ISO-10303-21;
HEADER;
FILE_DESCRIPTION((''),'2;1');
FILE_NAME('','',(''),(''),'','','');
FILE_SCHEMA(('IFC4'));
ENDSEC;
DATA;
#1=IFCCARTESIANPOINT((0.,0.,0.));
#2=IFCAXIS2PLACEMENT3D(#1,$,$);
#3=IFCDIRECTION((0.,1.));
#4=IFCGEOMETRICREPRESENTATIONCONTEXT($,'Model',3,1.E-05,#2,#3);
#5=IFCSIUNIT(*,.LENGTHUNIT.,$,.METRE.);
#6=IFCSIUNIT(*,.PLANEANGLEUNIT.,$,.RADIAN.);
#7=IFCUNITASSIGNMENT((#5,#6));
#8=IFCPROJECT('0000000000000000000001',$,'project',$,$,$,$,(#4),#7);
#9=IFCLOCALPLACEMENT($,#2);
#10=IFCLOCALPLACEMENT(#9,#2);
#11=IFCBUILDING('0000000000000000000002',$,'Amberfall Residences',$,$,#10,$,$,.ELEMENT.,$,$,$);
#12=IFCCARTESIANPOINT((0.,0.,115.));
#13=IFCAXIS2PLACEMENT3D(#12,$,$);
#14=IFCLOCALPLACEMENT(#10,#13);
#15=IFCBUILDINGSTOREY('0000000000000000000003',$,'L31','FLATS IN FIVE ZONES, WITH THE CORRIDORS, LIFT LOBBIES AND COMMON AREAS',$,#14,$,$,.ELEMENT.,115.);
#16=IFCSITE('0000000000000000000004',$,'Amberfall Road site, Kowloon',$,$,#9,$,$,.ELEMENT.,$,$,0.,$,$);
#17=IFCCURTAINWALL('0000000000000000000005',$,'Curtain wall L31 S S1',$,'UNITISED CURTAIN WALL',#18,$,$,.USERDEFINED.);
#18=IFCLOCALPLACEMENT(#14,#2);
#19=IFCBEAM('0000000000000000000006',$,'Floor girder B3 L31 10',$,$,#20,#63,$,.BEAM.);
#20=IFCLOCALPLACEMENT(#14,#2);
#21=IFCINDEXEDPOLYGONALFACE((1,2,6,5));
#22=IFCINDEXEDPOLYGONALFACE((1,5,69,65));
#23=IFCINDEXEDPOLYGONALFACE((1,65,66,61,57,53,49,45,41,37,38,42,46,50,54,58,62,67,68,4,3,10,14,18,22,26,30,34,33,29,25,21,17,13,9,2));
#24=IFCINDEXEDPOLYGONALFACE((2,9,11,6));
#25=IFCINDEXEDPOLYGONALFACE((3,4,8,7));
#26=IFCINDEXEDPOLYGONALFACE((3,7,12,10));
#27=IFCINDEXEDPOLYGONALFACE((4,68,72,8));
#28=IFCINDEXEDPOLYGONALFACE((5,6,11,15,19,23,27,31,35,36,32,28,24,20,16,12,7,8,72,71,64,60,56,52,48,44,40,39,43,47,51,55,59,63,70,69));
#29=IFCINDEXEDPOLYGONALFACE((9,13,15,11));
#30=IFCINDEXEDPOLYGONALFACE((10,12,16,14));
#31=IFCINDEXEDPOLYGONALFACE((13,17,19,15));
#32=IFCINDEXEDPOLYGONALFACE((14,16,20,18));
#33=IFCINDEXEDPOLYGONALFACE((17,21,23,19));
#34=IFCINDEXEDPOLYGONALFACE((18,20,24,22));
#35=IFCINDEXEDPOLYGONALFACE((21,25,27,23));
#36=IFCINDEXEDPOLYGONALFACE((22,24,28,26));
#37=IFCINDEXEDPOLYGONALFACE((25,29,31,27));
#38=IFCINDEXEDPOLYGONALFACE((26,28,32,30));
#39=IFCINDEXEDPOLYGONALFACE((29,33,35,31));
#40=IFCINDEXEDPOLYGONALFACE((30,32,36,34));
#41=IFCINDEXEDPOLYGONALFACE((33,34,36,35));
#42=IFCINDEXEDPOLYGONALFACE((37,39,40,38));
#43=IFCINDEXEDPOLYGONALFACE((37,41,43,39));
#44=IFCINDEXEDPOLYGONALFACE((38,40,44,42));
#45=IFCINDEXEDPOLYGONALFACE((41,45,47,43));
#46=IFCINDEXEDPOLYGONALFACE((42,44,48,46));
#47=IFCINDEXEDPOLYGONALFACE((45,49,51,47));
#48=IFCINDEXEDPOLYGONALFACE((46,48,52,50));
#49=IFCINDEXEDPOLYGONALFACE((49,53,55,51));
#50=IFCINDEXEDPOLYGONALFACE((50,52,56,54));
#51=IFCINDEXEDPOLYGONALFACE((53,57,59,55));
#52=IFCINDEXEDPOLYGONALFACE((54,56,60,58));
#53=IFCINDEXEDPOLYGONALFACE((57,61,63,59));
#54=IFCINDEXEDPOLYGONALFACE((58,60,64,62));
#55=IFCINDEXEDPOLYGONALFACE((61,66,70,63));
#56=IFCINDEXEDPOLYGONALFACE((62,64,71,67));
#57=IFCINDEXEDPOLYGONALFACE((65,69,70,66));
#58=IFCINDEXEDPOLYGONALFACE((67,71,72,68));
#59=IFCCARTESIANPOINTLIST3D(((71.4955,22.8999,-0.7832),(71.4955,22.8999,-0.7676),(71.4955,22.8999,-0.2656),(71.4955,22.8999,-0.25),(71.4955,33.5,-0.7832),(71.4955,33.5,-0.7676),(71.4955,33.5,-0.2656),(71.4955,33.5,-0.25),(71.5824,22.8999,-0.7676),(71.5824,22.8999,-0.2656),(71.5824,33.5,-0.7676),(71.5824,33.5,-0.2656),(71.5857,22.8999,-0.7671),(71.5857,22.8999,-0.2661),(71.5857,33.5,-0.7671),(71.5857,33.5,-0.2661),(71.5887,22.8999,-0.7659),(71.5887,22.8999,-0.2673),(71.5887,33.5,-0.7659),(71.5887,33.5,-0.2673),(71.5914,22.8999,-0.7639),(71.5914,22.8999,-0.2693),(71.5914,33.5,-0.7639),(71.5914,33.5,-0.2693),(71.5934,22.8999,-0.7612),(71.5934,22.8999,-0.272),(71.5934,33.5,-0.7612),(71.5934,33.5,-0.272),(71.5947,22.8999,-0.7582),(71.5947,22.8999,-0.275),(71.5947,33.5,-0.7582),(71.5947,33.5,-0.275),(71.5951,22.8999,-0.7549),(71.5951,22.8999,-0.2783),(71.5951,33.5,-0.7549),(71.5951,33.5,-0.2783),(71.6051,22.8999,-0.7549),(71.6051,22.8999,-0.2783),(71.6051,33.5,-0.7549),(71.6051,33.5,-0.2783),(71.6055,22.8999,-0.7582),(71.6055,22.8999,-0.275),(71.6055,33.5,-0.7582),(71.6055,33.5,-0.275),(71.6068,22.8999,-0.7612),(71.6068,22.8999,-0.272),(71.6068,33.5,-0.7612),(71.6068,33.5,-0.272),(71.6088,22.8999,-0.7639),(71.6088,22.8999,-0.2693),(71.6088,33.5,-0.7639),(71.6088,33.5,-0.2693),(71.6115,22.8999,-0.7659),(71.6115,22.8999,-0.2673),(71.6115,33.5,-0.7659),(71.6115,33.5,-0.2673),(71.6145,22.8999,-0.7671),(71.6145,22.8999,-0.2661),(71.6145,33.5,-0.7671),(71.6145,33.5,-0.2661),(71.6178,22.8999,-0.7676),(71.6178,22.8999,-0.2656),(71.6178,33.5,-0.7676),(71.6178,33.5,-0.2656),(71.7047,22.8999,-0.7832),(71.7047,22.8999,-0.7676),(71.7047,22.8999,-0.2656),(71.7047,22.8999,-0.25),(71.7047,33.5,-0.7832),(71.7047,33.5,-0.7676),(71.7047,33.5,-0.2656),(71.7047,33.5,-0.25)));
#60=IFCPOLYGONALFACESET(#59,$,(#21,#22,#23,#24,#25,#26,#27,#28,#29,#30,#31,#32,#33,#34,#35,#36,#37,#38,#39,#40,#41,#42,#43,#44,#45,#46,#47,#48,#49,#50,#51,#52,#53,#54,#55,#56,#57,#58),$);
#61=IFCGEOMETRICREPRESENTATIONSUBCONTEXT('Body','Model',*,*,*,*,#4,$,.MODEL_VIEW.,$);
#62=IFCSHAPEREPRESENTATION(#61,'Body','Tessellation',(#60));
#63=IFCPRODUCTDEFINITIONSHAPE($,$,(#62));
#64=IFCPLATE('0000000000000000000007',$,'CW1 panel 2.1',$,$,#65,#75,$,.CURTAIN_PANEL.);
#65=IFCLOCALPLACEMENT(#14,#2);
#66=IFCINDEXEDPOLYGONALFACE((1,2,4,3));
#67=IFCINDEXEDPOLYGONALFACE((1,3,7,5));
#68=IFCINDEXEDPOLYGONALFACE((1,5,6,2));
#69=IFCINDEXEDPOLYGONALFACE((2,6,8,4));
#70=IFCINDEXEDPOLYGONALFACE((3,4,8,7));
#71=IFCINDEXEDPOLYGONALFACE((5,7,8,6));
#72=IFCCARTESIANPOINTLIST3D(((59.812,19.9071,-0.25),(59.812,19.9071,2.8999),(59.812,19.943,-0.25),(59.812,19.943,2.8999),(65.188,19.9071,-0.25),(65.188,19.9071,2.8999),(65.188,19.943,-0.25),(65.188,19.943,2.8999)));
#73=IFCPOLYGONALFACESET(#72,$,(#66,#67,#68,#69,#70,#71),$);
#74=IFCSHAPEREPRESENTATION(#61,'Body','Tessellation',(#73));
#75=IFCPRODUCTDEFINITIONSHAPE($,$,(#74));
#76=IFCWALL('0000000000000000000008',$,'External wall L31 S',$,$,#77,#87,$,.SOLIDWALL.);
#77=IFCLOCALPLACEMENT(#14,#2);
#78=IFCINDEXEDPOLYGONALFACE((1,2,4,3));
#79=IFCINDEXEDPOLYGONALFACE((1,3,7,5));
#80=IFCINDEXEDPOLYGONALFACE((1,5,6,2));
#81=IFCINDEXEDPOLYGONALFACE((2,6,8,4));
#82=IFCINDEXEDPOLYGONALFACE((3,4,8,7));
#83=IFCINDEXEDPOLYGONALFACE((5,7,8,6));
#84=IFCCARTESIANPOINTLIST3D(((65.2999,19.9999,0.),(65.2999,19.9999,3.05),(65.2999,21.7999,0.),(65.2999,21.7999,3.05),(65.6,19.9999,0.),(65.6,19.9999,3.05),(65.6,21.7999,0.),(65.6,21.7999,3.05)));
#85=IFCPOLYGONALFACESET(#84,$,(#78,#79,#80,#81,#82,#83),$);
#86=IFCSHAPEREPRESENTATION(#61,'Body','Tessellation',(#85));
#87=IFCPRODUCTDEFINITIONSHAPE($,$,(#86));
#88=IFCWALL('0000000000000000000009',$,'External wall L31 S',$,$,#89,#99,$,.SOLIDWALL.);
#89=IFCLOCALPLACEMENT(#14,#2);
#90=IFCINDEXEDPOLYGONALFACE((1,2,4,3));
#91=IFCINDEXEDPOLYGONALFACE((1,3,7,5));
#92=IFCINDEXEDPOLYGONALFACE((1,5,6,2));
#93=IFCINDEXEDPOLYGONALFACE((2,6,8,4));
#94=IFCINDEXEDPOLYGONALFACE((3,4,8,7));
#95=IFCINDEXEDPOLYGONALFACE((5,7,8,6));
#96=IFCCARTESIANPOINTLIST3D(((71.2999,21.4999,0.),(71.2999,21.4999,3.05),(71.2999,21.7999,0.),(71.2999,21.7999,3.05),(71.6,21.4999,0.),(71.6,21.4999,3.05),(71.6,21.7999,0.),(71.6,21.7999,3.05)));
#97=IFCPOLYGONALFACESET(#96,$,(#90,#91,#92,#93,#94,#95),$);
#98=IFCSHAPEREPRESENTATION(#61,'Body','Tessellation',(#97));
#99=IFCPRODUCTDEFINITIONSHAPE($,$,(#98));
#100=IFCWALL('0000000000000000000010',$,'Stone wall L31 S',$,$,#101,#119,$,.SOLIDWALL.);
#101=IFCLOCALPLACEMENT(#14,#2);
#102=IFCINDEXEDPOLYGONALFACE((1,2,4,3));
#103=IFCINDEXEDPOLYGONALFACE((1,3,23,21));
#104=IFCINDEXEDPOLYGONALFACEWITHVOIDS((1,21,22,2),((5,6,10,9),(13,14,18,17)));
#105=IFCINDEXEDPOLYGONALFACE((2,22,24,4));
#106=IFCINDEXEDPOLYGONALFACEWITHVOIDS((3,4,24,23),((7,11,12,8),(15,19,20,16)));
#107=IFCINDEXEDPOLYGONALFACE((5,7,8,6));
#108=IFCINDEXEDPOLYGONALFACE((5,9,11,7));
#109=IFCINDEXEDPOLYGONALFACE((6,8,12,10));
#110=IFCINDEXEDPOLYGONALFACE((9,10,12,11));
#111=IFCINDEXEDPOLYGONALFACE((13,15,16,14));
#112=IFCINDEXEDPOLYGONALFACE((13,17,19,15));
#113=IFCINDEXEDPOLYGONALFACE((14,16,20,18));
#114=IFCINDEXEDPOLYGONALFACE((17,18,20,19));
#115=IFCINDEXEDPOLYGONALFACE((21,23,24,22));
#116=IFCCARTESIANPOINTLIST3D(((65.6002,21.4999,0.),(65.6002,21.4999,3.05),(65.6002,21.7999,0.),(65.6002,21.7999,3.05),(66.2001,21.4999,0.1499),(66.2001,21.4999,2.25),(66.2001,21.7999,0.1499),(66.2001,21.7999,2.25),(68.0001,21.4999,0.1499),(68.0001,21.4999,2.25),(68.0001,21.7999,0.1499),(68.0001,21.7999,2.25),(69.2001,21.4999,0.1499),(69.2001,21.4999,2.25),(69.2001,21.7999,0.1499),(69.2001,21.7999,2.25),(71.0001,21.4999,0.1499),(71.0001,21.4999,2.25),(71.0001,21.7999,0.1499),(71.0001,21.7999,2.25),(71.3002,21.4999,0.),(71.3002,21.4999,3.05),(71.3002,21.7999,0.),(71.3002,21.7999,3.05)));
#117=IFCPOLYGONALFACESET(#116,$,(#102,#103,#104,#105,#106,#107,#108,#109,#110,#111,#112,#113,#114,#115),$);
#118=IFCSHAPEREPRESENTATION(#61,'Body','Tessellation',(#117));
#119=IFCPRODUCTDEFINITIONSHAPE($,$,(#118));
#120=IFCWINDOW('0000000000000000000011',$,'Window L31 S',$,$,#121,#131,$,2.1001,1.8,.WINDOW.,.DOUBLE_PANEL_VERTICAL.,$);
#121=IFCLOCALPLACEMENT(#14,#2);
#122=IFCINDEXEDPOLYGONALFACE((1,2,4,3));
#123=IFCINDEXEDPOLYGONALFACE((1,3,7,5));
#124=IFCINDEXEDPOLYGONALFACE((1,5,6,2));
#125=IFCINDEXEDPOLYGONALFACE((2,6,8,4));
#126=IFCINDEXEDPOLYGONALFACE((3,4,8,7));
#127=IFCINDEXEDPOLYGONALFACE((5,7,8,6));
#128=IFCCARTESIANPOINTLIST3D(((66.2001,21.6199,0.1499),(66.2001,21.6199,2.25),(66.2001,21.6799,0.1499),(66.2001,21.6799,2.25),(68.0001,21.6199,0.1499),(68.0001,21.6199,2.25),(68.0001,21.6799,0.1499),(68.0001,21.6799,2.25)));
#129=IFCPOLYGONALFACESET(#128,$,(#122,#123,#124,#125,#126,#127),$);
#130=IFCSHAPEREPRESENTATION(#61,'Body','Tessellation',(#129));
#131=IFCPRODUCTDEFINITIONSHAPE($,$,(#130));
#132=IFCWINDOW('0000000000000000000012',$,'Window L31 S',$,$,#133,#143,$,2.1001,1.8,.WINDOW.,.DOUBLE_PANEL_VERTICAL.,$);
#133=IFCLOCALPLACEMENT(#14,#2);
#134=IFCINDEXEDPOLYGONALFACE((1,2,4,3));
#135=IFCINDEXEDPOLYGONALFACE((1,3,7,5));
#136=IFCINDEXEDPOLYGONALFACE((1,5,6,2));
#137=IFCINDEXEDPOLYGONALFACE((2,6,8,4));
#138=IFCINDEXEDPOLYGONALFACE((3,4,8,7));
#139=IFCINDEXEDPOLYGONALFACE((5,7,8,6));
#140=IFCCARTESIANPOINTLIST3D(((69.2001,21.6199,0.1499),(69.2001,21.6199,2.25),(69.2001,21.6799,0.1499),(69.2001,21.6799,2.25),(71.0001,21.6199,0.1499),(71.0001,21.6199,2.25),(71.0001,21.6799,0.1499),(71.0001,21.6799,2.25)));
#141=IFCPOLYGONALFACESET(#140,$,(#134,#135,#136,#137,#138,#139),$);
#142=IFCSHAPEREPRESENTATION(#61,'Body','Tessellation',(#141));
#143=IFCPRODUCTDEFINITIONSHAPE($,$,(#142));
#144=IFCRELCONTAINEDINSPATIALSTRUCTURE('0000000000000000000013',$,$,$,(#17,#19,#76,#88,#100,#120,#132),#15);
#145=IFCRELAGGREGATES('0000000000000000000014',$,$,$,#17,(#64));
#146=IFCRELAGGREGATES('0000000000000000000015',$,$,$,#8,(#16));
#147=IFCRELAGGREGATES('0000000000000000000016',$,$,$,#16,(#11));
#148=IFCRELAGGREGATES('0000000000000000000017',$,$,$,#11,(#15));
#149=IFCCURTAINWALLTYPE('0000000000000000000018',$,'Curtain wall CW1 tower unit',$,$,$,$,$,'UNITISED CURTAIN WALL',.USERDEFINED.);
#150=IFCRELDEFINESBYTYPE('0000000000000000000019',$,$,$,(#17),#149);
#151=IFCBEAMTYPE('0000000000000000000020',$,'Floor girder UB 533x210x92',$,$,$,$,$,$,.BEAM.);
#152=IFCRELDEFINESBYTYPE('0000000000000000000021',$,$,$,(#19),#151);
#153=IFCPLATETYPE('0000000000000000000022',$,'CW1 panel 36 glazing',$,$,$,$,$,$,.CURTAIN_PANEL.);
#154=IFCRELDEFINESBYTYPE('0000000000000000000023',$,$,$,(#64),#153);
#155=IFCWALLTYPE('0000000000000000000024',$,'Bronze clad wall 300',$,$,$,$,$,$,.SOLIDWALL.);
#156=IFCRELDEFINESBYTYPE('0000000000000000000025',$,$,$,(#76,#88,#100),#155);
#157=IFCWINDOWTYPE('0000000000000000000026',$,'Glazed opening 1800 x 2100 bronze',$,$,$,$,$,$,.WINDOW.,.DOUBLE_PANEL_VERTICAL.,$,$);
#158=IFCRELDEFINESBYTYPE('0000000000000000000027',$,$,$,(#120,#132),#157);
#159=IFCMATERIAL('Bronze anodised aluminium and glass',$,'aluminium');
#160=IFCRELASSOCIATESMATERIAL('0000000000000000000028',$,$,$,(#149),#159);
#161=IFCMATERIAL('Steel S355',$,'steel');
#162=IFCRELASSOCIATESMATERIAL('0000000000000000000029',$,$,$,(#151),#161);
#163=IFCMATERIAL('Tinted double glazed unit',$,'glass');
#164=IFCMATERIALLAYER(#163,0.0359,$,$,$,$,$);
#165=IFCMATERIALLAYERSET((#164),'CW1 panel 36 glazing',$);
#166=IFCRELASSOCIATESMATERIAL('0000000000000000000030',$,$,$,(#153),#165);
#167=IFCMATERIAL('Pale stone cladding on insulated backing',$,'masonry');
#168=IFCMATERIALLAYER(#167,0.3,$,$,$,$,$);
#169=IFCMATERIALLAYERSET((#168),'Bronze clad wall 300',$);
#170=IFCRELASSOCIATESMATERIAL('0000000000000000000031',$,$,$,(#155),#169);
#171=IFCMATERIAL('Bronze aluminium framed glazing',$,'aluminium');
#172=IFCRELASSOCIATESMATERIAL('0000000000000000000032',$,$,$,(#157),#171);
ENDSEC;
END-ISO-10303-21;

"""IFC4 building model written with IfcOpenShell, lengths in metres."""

from ifc_helpers import new_model, si_unit, direction, frame, frame_2d, origin, origin_2d, place, context, subcontext, project, spatial, rectangle, i_section, extrude, material, layer, layer_set, material_profile, profile_set, type_object, element, fill, aggregate, save


model = new_model("IFC4")

# Units and contexts
model_context = context("Model", 3, precision=1e-05, world=origin(), true_north=direction((0.0, 1.0)))
body_context = subcontext(model_context, "Body", "Model", "MODEL_VIEW")
ifc_project = project(units=[si_unit("LENGTHUNIT", "METRE"), si_unit("PLANEANGLEUNIT", "RADIAN")], contexts=[model_context])

# Site, building, storey
site_placement = place(None, origin())
site = spatial("IfcSite", under=ifc_project, at=site_placement, Name="Amberfall Road site, Kowloon", CompositionType="ELEMENT", RefElevation=0.0)
building_placement = place(site_placement, origin())
building = spatial("IfcBuilding", under=site, at=building_placement, Name="Amberfall Residences", CompositionType="ELEMENT")
storey_placement = place(building_placement, frame((0.0, 0.0, 115.0)))
storey = spatial("IfcBuildingStorey", under=building, at=storey_placement, Name="L31", Description="FLATS IN FIVE ZONES, WITH THE CORRIDORS, LIFT LOBBIES AND COMMON AREAS", CompositionType="ELEMENT", Elevation=115.0)

# Curtain wall
ifc_material_1 = material(Name="Bronze anodised aluminium and glass", Category="aluminium")
curtain_wall_type = type_object("IfcCurtainWallType", Name="Curtain wall CW1 tower unit", ElementType="UNITISED CURTAIN WALL", PredefinedType="USERDEFINED", material=ifc_material_1)
curtain_wall_placement = place(storey_placement, origin())
curtain_wall = element("IfcCurtainWall", 1, at=curtain_wall_placement, inside=storey, type_object=curtain_wall_type, Name="Curtain wall L31 S S1", ObjectType="UNITISED CURTAIN WALL", PredefinedType="USERDEFINED")

# Shared definitions
ifc_material_2 = material(Name="Steel S355", Category="steel")

# Beam
ifc_material_profile_1 = material_profile(ifc_material_2, i_section(OverallWidth=0.2092, OverallDepth=0.5332, WebThickness=0.01, FlangeThickness=0.0156, FilletRadius=0.0127, at=origin_2d()), Name="UB 533x210x92")
ifc_profile_set_1 = profile_set([ifc_material_profile_1], Name="Steel S355")
beam_type_1 = type_object("IfcBeamType", Name="Floor girder UB 533x210x92", PredefinedType="BEAM", material=ifc_profile_set_1)
for number, where, z_axis, x_axis, name in (
    (2, (71.6001, 22.8999, -0.5166), (0.0, 1.0, 0.0), (-1.0, 0.0, 0.0), "Floor girder B3 L31 10"),
):
    element("IfcBeam", number, at=place(storey_placement, frame(where, z_axis=z_axis, x_axis=x_axis)), inside=storey, type_object=beam_type_1, Name=name, PredefinedType="BEAM", context=body_context, shape_type="SweptSolid", body=[
        extrude(i_section(OverallWidth=0.2092, OverallDepth=0.5332, WebThickness=0.01, FlangeThickness=0.0156, FilletRadius=0.0127, at=origin_2d()), origin(), (0.0, 0.0, 1.0), 10.6001),
    ])

# Plate
ifc_material_3 = material(Name="Tinted double glazed unit", Category="glass")
ifc_layer_1 = layer(ifc_material_3, 0.0359)
ifc_layer_set_1 = layer_set([ifc_layer_1], Name="CW1 panel 36 glazing")
plate_type = type_object("IfcPlateType", Name="CW1 panel 36 glazing", PredefinedType="CURTAIN_PANEL", material=ifc_layer_set_1)
plate_placement = place(storey_placement, frame((62.5, 19.925, -0.25), z_axis=(0.0, 0.0, 1.0), x_axis=(1.0, 0.0, 0.0)))
plate = element("IfcPlate", 3, at=plate_placement, type_object=plate_type, Name="CW1 panel 2.1", PredefinedType="CURTAIN_PANEL", context=body_context, shape_type="SweptSolid", body=[
    extrude(rectangle(XDim=5.376, YDim=0.0359, at=origin_2d()), origin(), (0.0, 0.0, 1.0), 3.1499),
])
aggregate(curtain_wall, [plate])

# Walls
ifc_material_4 = material(Name="Pale stone cladding on insulated backing", Category="masonry")
ifc_layer_2 = layer(ifc_material_4, 0.3)
ifc_layer_set_2 = layer_set([ifc_layer_2], Name="Bronze clad wall 300")
wall_type = type_object("IfcWallType", Name="Bronze clad wall 300", PredefinedType="SOLIDWALL", material=ifc_layer_set_2)
wall_1_placement = place(storey_placement, frame((65.45, 20.0, 0.0), z_axis=(0.0, 0.0, 1.0), x_axis=(0.0, 1.0, 0.0)))
element("IfcWall", 4, at=wall_1_placement, inside=storey, type_object=wall_type, Name="External wall L31 S", PredefinedType="SOLIDWALL", context=body_context, shape_type="SweptSolid", body=[
    extrude(rectangle(XDim=1.8, YDim=0.3, at=frame_2d((0.8999, 0.0))), origin(), (0.0, 0.0, 1.0), 3.05),
])
wall_2_placement = place(storey_placement, frame((71.45, 21.5, 0.0), z_axis=(0.0, 0.0, 1.0), x_axis=(0.0, 1.0, 0.0)))
element("IfcWall", 5, at=wall_2_placement, inside=storey, type_object=wall_type, Name="External wall L31 S", PredefinedType="SOLIDWALL", context=body_context, shape_type="SweptSolid", body=[
    extrude(rectangle(XDim=0.3, YDim=0.3, at=frame_2d((0.1499, 0.0))), origin(), (0.0, 0.0, 1.0), 3.05),
])

# Wall, openings, windows
wall_3_placement = place(storey_placement, frame((65.6001, 21.6499, 0.0), z_axis=(0.0, 0.0, 1.0), x_axis=(1.0, 0.0, 0.0)))
wall_3 = element("IfcWall", 6, at=wall_3_placement, inside=storey, type_object=wall_type, Name="Stone wall L31 S", PredefinedType="SOLIDWALL", context=body_context, shape_type="SweptSolid", body=[
    extrude(rectangle(XDim=5.7, YDim=0.3, at=frame_2d((2.8501, 0.0))), origin(), (0.0, 0.0, 1.0), 3.05),
])
opening_1_placement = place(wall_3_placement, frame((0.6001, 0.0, 0.1499)))
opening_1 = element("IfcOpeningElement", 7, at=opening_1_placement, cuts=wall_3, PredefinedType="OPENING", context=body_context, shape_type="SweptSolid", body=[
    extrude(rectangle(XDim=1.8, YDim=2.1001, at=frame_2d((0.8999, 1.05))), frame((0.0, 0.1599, 0.0), z_axis=(0.0, -1.0, 0.0), x_axis=(1.0, 0.0, 0.0)), (0.0, 0.0, 1.0), 0.3201),
])
opening_2_placement = place(wall_3_placement, frame((3.6001, 0.0, 0.1499)))
opening_2 = element("IfcOpeningElement", 8, at=opening_2_placement, cuts=wall_3, PredefinedType="OPENING", context=body_context, shape_type="SweptSolid", body=[
    extrude(rectangle(XDim=1.8, YDim=2.1001, at=frame_2d((0.8999, 1.05))), frame((0.0, 0.1599, 0.0), z_axis=(0.0, -1.0, 0.0), x_axis=(1.0, 0.0, 0.0)), (0.0, 0.0, 1.0), 0.3201),
])
ifc_material_5 = material(Name="Bronze aluminium framed glazing", Category="aluminium")
window_type = type_object("IfcWindowType", Name="Glazed opening 1800 x 2100 bronze", PartitioningType="DOUBLE_PANEL_VERTICAL", PredefinedType="WINDOW", material=ifc_material_5)
window_1_placement = place(opening_1_placement, origin())
window_1 = element("IfcWindow", 9, at=window_1_placement, inside=storey, type_object=window_type, Name="Window L31 S", OverallHeight=2.1001, OverallWidth=1.8, PartitioningType="DOUBLE_PANEL_VERTICAL", PredefinedType="WINDOW", context=body_context, shape_type="SweptSolid", body=[
    extrude(rectangle(XDim=1.8, YDim=2.1001, at=frame_2d((0.8999, 1.05))), frame((0.0, 0.03, 0.0), z_axis=(0.0, -1.0, 0.0), x_axis=(1.0, 0.0, 0.0)), (0.0, 0.0, 1.0), 0.0601),
])
fill(opening_1, window_1)
window_2_placement = place(opening_2_placement, origin())
window_2 = element("IfcWindow", 10, at=window_2_placement, inside=storey, type_object=window_type, Name="Window L31 S", OverallHeight=2.1001, OverallWidth=1.8, PartitioningType="DOUBLE_PANEL_VERTICAL", PredefinedType="WINDOW", context=body_context, shape_type="SweptSolid", body=[
    extrude(rectangle(XDim=1.8, YDim=2.1001, at=frame_2d((0.8999, 1.05))), frame((0.0, 0.03, 0.0), z_axis=(0.0, -1.0, 0.0), x_axis=(1.0, 0.0, 0.0)), (0.0, 0.0, 1.0), 0.0601),
])
fill(opening_2, window_2)

save(model, "model.ifc")
